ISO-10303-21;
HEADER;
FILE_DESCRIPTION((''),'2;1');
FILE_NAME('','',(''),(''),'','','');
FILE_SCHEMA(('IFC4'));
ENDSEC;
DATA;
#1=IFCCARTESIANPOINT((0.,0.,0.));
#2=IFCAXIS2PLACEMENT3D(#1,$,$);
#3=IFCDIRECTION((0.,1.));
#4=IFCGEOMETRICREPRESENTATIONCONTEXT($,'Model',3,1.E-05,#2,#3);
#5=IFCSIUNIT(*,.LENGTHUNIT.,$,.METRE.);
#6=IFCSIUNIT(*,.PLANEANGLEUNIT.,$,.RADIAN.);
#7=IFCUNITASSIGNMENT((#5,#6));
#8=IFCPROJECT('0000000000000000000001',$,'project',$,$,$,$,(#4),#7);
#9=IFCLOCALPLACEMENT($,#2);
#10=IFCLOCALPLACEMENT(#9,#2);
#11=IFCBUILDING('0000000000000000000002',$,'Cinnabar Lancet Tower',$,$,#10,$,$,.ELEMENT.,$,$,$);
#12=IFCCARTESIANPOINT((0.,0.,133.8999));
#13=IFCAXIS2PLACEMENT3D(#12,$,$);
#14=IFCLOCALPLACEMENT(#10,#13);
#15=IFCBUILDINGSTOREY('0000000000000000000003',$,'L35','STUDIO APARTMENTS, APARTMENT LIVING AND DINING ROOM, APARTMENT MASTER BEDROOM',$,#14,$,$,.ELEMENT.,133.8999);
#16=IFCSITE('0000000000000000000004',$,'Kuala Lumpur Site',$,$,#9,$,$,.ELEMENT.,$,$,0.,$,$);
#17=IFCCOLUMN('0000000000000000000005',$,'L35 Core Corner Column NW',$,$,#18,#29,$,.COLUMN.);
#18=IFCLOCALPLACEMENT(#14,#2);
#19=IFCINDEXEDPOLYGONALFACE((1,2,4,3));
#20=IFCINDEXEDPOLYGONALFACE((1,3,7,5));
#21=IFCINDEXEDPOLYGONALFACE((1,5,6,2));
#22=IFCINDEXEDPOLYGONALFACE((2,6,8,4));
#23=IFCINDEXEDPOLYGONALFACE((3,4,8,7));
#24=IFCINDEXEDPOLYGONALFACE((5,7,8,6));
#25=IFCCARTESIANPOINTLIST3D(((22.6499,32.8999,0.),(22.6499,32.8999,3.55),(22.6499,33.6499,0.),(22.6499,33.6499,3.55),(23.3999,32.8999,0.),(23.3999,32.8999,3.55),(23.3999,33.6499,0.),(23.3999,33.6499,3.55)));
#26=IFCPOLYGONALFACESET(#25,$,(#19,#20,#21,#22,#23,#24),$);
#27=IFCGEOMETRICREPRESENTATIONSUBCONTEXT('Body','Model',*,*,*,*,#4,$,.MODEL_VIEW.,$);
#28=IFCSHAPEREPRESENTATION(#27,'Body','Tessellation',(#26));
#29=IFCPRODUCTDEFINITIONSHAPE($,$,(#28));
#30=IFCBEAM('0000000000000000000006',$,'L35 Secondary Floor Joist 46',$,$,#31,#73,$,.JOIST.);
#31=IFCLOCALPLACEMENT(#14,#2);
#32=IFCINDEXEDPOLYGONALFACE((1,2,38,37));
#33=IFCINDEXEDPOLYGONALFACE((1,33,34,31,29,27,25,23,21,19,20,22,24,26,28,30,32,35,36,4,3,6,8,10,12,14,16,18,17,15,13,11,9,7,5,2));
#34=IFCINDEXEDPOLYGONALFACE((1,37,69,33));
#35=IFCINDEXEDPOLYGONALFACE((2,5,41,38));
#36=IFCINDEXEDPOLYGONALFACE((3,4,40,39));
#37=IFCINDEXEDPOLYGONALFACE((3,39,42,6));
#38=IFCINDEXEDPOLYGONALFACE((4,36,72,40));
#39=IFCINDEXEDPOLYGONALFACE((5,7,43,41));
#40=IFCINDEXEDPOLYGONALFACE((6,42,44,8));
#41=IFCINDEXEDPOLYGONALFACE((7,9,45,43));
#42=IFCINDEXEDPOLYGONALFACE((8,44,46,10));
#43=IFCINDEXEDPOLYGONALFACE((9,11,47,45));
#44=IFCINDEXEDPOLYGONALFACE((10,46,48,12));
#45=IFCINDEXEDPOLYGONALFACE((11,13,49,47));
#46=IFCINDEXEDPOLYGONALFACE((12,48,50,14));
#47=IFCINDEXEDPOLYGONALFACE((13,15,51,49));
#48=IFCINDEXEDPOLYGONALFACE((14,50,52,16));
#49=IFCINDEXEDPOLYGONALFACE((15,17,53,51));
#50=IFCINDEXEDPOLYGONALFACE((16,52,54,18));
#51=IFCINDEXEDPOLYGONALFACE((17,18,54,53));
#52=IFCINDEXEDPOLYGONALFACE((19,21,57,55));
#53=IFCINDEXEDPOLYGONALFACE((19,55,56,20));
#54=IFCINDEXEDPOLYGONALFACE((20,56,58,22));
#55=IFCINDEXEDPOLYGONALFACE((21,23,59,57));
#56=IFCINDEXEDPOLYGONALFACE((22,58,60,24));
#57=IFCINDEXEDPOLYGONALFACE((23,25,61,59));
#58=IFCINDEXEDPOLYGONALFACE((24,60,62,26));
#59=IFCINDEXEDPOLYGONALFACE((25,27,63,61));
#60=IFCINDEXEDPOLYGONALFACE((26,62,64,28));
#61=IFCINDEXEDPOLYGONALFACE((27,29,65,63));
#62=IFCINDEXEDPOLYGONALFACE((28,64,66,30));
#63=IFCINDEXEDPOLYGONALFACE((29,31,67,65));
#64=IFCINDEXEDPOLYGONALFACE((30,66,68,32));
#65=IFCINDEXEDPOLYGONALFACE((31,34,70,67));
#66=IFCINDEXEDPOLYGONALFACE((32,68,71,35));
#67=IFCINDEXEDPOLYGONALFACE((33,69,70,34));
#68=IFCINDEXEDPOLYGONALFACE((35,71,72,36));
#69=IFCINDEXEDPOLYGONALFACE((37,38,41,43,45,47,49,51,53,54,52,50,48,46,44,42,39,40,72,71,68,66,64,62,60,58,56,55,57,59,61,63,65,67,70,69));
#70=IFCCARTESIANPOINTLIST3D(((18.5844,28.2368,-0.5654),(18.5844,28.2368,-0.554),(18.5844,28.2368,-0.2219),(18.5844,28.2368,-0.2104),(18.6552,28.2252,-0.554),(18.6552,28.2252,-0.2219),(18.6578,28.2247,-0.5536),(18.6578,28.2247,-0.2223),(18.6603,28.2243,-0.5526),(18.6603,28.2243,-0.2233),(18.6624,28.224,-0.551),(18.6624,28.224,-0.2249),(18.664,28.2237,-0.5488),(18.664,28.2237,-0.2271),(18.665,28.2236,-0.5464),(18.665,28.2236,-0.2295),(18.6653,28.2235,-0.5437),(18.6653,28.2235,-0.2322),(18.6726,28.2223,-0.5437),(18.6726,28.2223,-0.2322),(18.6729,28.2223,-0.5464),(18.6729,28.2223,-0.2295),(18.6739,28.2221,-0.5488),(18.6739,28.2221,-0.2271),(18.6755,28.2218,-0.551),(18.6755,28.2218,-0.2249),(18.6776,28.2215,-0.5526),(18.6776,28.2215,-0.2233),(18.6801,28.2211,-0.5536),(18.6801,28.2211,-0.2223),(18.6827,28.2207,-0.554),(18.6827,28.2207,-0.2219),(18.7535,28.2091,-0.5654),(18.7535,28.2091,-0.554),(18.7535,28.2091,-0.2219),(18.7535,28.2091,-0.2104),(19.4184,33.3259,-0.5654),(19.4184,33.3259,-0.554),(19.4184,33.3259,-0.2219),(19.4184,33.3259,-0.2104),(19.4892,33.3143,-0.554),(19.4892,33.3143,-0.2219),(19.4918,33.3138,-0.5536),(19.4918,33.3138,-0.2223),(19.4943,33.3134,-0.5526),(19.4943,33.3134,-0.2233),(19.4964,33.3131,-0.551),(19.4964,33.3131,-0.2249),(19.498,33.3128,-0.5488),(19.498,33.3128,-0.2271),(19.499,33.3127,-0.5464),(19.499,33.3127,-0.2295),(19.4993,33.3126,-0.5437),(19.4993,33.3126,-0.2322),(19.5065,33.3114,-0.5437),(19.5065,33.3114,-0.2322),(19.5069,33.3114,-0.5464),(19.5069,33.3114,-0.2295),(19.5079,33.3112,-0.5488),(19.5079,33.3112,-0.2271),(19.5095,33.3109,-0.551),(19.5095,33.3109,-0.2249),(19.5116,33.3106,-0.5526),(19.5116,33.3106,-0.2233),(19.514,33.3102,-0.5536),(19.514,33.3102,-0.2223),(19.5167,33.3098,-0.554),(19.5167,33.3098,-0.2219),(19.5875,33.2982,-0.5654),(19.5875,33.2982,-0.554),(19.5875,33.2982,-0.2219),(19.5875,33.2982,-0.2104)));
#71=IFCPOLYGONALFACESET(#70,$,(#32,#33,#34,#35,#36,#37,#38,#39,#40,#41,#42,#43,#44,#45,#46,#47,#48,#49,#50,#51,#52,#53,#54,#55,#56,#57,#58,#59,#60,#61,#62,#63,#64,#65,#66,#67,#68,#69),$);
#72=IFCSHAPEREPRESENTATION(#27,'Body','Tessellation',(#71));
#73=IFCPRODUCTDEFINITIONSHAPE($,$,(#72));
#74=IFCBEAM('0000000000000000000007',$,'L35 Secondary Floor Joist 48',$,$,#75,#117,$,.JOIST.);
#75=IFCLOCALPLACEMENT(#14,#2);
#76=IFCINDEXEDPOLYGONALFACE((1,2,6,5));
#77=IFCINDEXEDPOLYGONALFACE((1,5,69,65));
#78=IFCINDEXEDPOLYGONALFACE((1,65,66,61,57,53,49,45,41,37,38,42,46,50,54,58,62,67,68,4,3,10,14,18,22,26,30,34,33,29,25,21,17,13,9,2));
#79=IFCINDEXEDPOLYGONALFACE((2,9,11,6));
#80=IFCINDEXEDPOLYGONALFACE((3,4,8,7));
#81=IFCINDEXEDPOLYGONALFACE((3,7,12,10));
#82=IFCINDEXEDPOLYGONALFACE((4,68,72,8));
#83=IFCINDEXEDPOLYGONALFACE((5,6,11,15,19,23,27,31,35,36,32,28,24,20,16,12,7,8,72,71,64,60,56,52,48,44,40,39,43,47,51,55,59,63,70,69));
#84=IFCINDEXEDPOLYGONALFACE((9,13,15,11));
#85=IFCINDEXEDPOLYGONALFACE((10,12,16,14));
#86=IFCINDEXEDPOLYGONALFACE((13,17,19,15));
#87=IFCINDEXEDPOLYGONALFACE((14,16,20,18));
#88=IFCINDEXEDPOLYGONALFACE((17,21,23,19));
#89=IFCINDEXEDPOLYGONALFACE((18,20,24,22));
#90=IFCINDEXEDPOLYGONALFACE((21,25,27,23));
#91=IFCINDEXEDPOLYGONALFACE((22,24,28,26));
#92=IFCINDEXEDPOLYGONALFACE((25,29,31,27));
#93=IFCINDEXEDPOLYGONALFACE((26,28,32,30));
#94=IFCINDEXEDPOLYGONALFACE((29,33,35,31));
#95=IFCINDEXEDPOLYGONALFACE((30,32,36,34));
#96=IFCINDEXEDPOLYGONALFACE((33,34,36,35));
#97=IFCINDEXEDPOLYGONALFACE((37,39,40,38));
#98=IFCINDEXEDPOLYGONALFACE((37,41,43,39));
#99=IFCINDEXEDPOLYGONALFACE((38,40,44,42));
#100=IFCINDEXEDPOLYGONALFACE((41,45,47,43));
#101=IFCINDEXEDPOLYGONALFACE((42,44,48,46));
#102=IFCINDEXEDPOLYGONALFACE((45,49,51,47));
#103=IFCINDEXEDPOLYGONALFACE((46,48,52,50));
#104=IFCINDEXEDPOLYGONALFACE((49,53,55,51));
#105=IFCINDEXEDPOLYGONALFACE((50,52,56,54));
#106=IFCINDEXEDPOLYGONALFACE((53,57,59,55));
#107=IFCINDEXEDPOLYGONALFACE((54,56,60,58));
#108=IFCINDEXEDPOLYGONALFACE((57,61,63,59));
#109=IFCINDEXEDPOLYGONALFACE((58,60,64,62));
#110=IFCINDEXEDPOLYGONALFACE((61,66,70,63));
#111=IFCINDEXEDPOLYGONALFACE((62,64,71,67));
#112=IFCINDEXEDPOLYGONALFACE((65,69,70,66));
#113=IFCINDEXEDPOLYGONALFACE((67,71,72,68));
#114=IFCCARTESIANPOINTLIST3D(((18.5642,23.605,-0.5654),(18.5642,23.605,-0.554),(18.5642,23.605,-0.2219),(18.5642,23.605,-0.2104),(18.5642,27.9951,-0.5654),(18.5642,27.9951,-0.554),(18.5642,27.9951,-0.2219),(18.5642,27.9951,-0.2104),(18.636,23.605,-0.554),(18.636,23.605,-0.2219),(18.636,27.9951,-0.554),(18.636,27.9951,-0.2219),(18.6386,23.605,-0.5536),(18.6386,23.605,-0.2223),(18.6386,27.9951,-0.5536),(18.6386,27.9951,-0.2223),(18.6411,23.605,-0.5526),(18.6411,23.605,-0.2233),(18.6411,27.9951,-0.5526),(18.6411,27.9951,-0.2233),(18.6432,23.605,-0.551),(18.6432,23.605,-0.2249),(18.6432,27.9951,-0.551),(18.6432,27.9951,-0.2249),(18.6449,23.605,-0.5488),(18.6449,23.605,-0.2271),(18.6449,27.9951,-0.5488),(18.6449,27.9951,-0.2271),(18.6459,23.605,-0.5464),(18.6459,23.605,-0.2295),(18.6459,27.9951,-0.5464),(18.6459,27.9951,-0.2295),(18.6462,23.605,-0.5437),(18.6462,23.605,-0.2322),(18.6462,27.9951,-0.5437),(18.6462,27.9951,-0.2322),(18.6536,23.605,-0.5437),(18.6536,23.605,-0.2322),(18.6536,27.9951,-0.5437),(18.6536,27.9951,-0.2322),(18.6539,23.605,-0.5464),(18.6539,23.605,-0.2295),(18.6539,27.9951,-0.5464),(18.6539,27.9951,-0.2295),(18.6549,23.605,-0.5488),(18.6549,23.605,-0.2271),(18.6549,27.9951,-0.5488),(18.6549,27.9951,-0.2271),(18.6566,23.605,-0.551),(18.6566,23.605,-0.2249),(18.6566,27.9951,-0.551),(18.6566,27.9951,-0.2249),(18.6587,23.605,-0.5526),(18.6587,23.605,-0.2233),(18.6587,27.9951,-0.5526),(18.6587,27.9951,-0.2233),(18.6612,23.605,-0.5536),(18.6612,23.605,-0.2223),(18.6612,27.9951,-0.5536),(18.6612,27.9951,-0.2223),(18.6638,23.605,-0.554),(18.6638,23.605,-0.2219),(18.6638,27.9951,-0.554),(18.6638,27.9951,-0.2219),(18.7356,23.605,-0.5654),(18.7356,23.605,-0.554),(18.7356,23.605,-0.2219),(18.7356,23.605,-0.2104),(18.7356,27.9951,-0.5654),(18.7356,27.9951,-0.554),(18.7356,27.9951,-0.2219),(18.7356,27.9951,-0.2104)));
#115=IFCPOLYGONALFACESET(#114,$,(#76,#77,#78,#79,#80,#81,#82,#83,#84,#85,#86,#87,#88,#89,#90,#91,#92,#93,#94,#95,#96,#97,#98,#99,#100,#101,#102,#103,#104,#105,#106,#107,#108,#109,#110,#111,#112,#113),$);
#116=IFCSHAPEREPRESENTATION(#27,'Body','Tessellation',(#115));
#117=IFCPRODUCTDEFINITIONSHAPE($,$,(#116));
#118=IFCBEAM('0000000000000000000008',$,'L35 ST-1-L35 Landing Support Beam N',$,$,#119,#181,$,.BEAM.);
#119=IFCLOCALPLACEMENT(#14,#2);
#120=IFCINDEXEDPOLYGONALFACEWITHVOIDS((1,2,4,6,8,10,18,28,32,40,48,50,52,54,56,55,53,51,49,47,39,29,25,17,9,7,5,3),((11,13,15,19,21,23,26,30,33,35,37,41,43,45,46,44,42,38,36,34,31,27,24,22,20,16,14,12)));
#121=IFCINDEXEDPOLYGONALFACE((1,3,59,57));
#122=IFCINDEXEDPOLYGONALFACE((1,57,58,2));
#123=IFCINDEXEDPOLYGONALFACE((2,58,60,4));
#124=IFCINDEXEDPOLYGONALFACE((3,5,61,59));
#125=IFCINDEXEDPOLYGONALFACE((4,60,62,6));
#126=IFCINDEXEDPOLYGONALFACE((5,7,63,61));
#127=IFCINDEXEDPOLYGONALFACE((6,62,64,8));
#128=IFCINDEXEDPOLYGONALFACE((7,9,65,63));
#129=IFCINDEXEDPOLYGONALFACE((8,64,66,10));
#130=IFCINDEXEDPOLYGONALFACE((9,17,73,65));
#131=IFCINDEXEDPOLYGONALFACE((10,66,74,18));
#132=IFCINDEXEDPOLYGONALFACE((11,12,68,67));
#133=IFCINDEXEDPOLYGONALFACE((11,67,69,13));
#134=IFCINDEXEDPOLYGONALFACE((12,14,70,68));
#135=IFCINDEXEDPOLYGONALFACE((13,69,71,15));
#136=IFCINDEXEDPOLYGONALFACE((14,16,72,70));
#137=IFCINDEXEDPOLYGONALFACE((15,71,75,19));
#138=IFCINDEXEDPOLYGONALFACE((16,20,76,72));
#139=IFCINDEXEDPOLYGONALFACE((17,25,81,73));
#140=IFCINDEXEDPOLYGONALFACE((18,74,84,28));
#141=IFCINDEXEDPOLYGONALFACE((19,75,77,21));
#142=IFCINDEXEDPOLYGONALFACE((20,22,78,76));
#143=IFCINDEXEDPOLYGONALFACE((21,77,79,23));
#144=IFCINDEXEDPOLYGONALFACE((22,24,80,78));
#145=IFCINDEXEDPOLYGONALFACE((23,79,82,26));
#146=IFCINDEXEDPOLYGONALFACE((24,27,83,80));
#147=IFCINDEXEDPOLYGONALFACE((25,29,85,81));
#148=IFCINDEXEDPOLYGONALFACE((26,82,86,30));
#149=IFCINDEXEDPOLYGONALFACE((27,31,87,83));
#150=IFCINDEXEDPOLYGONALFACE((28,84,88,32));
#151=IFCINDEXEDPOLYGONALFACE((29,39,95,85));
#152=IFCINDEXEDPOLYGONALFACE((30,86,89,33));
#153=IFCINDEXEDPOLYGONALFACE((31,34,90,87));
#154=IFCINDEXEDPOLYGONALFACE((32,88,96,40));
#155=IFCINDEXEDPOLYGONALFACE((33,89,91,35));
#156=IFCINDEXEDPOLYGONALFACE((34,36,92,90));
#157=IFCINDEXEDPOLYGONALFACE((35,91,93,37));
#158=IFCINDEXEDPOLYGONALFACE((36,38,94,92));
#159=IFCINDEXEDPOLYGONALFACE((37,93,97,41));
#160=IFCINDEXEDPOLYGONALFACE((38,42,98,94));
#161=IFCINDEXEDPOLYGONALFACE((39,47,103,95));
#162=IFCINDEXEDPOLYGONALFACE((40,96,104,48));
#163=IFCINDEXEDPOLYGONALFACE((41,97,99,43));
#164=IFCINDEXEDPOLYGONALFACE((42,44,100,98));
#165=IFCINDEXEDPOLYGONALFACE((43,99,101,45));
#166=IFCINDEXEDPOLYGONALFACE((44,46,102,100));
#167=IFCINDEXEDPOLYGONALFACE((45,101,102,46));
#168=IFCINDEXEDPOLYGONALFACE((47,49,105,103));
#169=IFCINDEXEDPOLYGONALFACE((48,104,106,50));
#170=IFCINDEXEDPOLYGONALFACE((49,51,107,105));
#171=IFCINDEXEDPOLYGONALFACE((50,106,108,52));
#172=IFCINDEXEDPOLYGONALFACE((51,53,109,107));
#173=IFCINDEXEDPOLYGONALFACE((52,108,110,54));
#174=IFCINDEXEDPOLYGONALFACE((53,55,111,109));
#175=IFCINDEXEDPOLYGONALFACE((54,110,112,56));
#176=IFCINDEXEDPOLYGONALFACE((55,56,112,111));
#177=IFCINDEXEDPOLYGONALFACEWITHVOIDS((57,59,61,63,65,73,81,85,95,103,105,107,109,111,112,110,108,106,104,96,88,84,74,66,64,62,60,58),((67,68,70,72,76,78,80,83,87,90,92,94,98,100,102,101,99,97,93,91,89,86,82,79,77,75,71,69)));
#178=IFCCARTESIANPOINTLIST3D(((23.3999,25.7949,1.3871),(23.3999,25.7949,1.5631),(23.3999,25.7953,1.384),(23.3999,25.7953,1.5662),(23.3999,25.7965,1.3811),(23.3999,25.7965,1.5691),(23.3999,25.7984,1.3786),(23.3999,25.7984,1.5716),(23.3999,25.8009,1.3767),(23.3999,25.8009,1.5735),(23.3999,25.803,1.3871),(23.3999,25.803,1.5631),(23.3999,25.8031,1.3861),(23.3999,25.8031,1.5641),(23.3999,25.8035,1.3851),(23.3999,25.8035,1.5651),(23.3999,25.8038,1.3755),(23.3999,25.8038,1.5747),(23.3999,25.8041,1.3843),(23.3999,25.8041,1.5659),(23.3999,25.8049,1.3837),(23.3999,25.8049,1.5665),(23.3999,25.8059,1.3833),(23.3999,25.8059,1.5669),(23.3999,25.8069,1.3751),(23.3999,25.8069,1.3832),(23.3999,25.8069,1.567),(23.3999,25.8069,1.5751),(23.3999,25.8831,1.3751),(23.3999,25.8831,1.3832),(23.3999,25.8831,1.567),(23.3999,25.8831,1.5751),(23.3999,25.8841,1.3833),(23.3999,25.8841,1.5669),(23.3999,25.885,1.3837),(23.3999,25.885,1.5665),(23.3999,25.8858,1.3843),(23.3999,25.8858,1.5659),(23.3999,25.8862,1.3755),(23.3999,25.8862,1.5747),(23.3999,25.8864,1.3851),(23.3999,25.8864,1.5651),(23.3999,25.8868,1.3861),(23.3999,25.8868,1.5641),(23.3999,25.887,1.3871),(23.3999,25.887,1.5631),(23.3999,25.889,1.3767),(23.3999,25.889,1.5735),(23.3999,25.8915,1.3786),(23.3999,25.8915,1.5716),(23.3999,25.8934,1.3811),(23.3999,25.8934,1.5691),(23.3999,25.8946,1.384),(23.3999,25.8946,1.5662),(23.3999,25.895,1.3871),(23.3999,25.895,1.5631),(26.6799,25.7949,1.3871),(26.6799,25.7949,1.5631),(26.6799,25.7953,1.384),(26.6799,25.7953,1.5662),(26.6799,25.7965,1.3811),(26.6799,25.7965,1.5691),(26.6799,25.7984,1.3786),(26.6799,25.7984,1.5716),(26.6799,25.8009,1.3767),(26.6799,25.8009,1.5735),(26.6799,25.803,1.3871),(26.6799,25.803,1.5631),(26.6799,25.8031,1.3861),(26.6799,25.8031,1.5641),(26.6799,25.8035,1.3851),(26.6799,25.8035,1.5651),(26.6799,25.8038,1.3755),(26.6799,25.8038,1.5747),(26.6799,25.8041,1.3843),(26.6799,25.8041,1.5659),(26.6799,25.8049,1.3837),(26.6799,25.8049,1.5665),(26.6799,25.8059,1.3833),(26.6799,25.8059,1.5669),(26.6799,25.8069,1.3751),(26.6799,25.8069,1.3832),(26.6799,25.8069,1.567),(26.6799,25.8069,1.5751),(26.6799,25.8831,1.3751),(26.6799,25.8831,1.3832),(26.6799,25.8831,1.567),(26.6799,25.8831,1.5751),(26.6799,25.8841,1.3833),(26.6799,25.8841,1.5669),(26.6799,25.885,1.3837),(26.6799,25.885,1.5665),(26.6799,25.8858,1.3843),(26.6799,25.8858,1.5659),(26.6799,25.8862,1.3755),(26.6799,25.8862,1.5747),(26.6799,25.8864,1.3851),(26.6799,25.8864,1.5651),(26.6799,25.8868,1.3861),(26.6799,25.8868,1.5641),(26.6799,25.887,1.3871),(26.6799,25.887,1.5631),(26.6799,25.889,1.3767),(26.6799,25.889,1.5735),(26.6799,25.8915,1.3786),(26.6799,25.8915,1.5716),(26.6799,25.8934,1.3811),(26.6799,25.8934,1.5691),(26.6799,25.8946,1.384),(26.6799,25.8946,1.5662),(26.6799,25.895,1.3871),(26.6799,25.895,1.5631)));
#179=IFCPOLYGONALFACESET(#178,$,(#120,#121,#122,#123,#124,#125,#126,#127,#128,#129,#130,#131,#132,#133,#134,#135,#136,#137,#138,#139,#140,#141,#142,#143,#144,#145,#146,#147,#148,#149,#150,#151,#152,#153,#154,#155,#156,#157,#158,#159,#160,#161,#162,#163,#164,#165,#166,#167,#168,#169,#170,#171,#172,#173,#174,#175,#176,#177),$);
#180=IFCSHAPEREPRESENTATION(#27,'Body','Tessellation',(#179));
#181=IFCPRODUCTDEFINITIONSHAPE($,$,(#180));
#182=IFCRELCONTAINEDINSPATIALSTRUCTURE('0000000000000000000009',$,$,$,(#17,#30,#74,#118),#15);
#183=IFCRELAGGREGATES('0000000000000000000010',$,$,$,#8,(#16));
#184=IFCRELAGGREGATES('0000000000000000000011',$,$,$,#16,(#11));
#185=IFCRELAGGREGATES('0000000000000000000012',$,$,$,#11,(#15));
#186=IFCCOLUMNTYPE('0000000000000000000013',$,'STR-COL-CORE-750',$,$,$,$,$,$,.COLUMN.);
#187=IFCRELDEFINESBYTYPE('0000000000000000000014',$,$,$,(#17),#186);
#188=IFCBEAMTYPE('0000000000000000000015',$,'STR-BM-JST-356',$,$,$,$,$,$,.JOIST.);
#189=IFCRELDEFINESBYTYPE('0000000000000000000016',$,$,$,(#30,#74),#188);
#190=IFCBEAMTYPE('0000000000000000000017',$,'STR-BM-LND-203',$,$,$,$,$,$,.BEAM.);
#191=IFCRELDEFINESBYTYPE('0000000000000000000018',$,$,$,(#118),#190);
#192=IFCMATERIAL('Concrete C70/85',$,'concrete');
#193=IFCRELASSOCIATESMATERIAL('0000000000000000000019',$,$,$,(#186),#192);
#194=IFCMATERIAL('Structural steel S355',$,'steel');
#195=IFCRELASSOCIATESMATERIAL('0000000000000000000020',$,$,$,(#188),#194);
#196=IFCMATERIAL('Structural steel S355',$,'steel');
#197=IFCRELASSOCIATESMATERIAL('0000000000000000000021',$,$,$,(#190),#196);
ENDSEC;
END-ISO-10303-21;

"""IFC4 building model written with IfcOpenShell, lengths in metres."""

from ifc_helpers import new_model, si_unit, direction, frame, origin, origin_2d, place, context, subcontext, project, spatial, rectangle, hollow_rectangle, i_section, extrude, material, material_profile, profile_set, type_object, element, save


model = new_model("IFC4")

# Units and contexts
model_context = context("Model", 3, precision=1e-05, world=origin(), true_north=direction((0.0, 1.0)))
body_context = subcontext(model_context, "Body", "Model", "MODEL_VIEW")
ifc_project = project(units=[si_unit("LENGTHUNIT", "METRE"), si_unit("PLANEANGLEUNIT", "RADIAN")], contexts=[model_context])

# Site, building, storey
site_placement = place(None, origin())
site = spatial("IfcSite", under=ifc_project, at=site_placement, Name="Kuala Lumpur Site", CompositionType="ELEMENT", RefElevation=0.0)
building_placement = place(site_placement, origin())
building = spatial("IfcBuilding", under=site, at=building_placement, Name="Cinnabar Lancet Tower", CompositionType="ELEMENT")
storey_placement = place(building_placement, frame((0.0, 0.0, 133.8999)))
storey = spatial("IfcBuildingStorey", under=building, at=storey_placement, Name="L35", Description="STUDIO APARTMENTS, APARTMENT LIVING AND DINING ROOM, APARTMENT MASTER BEDROOM", CompositionType="ELEMENT", Elevation=133.8999)

# Column
ifc_material_1 = material(Name="Concrete C70/85", Category="concrete")
ifc_material_profile_1 = material_profile(ifc_material_1, rectangle(XDim=0.75, YDim=0.75, at=origin_2d()), Name="RC-COL 750x750")
ifc_profile_set_1 = profile_set([ifc_material_profile_1], Name="Concrete C70/85")
column_type = type_object("IfcColumnType", Name="STR-COL-CORE-750", PredefinedType="COLUMN", material=ifc_profile_set_1)
column_placement = place(storey_placement, frame((23.0249, 33.2749, 0.0), z_axis=(0.0, 0.0, 1.0), x_axis=(1.0, 0.0, 0.0)))
element("IfcColumn", 1, at=column_placement, inside=storey, type_object=column_type, Name="L35 Core Corner Column NW", PredefinedType="COLUMN", context=body_context, shape_type="SweptSolid", body=[
    extrude(rectangle(XDim=0.75, YDim=0.75, at=origin_2d()), origin(), (0.0, 0.0, 1.0), 3.55),
])

# Beams
ifc_material_2 = material(Name="Structural steel S355", Category="steel")
ifc_material_profile_2 = material_profile(ifc_material_2, i_section(OverallWidth=0.1714, OverallDepth=0.355, WebThickness=0.0073, FlangeThickness=0.0115, FilletRadius=0.0103, at=origin_2d()), Name="UKB 356x171x51")
ifc_profile_set_2 = profile_set([ifc_material_profile_2], Name="Structural steel S355")
beam_type_1 = type_object("IfcBeamType", Name="STR-BM-JST-356", PredefinedType="JOIST", material=ifc_profile_set_2)
beam_1_placement = place(storey_placement, frame((19.5029, 33.312, -0.3879), z_axis=(-0.161719, -0.986837, 0.0), x_axis=(0.986837, -0.161719, 0.0)))
element("IfcBeam", 2, at=beam_1_placement, inside=storey, type_object=beam_type_1, Name="L35 Secondary Floor Joist 46", PredefinedType="JOIST", context=body_context, shape_type="SweptSolid", body=[
    extrude(i_section(OverallWidth=0.1714, OverallDepth=0.355, WebThickness=0.0073, FlangeThickness=0.0115, FilletRadius=0.0103, at=origin_2d()), origin(), (0.0, 0.0, 1.0), 5.157),
])
beam_2_placement = place(storey_placement, frame((18.6499, 27.9951, -0.3879), z_axis=(0.0, -1.0, 0.0), x_axis=(1.0, 0.0, 0.0)))
element("IfcBeam", 3, at=beam_2_placement, inside=storey, type_object=beam_type_1, Name="L35 Secondary Floor Joist 48", PredefinedType="JOIST", context=body_context, shape_type="SweptSolid", body=[
    extrude(i_section(OverallWidth=0.1714, OverallDepth=0.355, WebThickness=0.0073, FlangeThickness=0.0115, FilletRadius=0.0103, at=origin_2d()), origin(), (0.0, 0.0, 1.0), 4.3901),
])
ifc_material_3 = material(Name="Structural steel S355", Category="steel")
ifc_material_profile_3 = material_profile(ifc_material_3, hollow_rectangle(XDim=0.1001, YDim=0.2, WallThickness=0.0081, InnerFilletRadius=0.0039, OuterFilletRadius=0.012, at=origin_2d()), Name="RHS 200x100x8")
ifc_profile_set_3 = profile_set([ifc_material_profile_3], Name="Structural steel S355")
beam_type_2 = type_object("IfcBeamType", Name="STR-BM-LND-203", PredefinedType="BEAM", material=ifc_profile_set_3)
beam_3_placement = place(storey_placement, frame((23.3999, 25.845, 1.4751), z_axis=(1.0, 0.0, 0.0), x_axis=(0.0, 1.0, 0.0)))
element("IfcBeam", 4, at=beam_3_placement, inside=storey, type_object=beam_type_2, Name="L35 ST-1-L35 Landing Support Beam N", PredefinedType="BEAM", context=body_context, shape_type="SweptSolid", body=[
    extrude(hollow_rectangle(XDim=0.1001, YDim=0.2, WallThickness=0.0081, InnerFilletRadius=0.0039, OuterFilletRadius=0.012, at=origin_2d()), origin(), (0.0, 0.0, 1.0), 3.28),
])

save(model, "model.ifc")
